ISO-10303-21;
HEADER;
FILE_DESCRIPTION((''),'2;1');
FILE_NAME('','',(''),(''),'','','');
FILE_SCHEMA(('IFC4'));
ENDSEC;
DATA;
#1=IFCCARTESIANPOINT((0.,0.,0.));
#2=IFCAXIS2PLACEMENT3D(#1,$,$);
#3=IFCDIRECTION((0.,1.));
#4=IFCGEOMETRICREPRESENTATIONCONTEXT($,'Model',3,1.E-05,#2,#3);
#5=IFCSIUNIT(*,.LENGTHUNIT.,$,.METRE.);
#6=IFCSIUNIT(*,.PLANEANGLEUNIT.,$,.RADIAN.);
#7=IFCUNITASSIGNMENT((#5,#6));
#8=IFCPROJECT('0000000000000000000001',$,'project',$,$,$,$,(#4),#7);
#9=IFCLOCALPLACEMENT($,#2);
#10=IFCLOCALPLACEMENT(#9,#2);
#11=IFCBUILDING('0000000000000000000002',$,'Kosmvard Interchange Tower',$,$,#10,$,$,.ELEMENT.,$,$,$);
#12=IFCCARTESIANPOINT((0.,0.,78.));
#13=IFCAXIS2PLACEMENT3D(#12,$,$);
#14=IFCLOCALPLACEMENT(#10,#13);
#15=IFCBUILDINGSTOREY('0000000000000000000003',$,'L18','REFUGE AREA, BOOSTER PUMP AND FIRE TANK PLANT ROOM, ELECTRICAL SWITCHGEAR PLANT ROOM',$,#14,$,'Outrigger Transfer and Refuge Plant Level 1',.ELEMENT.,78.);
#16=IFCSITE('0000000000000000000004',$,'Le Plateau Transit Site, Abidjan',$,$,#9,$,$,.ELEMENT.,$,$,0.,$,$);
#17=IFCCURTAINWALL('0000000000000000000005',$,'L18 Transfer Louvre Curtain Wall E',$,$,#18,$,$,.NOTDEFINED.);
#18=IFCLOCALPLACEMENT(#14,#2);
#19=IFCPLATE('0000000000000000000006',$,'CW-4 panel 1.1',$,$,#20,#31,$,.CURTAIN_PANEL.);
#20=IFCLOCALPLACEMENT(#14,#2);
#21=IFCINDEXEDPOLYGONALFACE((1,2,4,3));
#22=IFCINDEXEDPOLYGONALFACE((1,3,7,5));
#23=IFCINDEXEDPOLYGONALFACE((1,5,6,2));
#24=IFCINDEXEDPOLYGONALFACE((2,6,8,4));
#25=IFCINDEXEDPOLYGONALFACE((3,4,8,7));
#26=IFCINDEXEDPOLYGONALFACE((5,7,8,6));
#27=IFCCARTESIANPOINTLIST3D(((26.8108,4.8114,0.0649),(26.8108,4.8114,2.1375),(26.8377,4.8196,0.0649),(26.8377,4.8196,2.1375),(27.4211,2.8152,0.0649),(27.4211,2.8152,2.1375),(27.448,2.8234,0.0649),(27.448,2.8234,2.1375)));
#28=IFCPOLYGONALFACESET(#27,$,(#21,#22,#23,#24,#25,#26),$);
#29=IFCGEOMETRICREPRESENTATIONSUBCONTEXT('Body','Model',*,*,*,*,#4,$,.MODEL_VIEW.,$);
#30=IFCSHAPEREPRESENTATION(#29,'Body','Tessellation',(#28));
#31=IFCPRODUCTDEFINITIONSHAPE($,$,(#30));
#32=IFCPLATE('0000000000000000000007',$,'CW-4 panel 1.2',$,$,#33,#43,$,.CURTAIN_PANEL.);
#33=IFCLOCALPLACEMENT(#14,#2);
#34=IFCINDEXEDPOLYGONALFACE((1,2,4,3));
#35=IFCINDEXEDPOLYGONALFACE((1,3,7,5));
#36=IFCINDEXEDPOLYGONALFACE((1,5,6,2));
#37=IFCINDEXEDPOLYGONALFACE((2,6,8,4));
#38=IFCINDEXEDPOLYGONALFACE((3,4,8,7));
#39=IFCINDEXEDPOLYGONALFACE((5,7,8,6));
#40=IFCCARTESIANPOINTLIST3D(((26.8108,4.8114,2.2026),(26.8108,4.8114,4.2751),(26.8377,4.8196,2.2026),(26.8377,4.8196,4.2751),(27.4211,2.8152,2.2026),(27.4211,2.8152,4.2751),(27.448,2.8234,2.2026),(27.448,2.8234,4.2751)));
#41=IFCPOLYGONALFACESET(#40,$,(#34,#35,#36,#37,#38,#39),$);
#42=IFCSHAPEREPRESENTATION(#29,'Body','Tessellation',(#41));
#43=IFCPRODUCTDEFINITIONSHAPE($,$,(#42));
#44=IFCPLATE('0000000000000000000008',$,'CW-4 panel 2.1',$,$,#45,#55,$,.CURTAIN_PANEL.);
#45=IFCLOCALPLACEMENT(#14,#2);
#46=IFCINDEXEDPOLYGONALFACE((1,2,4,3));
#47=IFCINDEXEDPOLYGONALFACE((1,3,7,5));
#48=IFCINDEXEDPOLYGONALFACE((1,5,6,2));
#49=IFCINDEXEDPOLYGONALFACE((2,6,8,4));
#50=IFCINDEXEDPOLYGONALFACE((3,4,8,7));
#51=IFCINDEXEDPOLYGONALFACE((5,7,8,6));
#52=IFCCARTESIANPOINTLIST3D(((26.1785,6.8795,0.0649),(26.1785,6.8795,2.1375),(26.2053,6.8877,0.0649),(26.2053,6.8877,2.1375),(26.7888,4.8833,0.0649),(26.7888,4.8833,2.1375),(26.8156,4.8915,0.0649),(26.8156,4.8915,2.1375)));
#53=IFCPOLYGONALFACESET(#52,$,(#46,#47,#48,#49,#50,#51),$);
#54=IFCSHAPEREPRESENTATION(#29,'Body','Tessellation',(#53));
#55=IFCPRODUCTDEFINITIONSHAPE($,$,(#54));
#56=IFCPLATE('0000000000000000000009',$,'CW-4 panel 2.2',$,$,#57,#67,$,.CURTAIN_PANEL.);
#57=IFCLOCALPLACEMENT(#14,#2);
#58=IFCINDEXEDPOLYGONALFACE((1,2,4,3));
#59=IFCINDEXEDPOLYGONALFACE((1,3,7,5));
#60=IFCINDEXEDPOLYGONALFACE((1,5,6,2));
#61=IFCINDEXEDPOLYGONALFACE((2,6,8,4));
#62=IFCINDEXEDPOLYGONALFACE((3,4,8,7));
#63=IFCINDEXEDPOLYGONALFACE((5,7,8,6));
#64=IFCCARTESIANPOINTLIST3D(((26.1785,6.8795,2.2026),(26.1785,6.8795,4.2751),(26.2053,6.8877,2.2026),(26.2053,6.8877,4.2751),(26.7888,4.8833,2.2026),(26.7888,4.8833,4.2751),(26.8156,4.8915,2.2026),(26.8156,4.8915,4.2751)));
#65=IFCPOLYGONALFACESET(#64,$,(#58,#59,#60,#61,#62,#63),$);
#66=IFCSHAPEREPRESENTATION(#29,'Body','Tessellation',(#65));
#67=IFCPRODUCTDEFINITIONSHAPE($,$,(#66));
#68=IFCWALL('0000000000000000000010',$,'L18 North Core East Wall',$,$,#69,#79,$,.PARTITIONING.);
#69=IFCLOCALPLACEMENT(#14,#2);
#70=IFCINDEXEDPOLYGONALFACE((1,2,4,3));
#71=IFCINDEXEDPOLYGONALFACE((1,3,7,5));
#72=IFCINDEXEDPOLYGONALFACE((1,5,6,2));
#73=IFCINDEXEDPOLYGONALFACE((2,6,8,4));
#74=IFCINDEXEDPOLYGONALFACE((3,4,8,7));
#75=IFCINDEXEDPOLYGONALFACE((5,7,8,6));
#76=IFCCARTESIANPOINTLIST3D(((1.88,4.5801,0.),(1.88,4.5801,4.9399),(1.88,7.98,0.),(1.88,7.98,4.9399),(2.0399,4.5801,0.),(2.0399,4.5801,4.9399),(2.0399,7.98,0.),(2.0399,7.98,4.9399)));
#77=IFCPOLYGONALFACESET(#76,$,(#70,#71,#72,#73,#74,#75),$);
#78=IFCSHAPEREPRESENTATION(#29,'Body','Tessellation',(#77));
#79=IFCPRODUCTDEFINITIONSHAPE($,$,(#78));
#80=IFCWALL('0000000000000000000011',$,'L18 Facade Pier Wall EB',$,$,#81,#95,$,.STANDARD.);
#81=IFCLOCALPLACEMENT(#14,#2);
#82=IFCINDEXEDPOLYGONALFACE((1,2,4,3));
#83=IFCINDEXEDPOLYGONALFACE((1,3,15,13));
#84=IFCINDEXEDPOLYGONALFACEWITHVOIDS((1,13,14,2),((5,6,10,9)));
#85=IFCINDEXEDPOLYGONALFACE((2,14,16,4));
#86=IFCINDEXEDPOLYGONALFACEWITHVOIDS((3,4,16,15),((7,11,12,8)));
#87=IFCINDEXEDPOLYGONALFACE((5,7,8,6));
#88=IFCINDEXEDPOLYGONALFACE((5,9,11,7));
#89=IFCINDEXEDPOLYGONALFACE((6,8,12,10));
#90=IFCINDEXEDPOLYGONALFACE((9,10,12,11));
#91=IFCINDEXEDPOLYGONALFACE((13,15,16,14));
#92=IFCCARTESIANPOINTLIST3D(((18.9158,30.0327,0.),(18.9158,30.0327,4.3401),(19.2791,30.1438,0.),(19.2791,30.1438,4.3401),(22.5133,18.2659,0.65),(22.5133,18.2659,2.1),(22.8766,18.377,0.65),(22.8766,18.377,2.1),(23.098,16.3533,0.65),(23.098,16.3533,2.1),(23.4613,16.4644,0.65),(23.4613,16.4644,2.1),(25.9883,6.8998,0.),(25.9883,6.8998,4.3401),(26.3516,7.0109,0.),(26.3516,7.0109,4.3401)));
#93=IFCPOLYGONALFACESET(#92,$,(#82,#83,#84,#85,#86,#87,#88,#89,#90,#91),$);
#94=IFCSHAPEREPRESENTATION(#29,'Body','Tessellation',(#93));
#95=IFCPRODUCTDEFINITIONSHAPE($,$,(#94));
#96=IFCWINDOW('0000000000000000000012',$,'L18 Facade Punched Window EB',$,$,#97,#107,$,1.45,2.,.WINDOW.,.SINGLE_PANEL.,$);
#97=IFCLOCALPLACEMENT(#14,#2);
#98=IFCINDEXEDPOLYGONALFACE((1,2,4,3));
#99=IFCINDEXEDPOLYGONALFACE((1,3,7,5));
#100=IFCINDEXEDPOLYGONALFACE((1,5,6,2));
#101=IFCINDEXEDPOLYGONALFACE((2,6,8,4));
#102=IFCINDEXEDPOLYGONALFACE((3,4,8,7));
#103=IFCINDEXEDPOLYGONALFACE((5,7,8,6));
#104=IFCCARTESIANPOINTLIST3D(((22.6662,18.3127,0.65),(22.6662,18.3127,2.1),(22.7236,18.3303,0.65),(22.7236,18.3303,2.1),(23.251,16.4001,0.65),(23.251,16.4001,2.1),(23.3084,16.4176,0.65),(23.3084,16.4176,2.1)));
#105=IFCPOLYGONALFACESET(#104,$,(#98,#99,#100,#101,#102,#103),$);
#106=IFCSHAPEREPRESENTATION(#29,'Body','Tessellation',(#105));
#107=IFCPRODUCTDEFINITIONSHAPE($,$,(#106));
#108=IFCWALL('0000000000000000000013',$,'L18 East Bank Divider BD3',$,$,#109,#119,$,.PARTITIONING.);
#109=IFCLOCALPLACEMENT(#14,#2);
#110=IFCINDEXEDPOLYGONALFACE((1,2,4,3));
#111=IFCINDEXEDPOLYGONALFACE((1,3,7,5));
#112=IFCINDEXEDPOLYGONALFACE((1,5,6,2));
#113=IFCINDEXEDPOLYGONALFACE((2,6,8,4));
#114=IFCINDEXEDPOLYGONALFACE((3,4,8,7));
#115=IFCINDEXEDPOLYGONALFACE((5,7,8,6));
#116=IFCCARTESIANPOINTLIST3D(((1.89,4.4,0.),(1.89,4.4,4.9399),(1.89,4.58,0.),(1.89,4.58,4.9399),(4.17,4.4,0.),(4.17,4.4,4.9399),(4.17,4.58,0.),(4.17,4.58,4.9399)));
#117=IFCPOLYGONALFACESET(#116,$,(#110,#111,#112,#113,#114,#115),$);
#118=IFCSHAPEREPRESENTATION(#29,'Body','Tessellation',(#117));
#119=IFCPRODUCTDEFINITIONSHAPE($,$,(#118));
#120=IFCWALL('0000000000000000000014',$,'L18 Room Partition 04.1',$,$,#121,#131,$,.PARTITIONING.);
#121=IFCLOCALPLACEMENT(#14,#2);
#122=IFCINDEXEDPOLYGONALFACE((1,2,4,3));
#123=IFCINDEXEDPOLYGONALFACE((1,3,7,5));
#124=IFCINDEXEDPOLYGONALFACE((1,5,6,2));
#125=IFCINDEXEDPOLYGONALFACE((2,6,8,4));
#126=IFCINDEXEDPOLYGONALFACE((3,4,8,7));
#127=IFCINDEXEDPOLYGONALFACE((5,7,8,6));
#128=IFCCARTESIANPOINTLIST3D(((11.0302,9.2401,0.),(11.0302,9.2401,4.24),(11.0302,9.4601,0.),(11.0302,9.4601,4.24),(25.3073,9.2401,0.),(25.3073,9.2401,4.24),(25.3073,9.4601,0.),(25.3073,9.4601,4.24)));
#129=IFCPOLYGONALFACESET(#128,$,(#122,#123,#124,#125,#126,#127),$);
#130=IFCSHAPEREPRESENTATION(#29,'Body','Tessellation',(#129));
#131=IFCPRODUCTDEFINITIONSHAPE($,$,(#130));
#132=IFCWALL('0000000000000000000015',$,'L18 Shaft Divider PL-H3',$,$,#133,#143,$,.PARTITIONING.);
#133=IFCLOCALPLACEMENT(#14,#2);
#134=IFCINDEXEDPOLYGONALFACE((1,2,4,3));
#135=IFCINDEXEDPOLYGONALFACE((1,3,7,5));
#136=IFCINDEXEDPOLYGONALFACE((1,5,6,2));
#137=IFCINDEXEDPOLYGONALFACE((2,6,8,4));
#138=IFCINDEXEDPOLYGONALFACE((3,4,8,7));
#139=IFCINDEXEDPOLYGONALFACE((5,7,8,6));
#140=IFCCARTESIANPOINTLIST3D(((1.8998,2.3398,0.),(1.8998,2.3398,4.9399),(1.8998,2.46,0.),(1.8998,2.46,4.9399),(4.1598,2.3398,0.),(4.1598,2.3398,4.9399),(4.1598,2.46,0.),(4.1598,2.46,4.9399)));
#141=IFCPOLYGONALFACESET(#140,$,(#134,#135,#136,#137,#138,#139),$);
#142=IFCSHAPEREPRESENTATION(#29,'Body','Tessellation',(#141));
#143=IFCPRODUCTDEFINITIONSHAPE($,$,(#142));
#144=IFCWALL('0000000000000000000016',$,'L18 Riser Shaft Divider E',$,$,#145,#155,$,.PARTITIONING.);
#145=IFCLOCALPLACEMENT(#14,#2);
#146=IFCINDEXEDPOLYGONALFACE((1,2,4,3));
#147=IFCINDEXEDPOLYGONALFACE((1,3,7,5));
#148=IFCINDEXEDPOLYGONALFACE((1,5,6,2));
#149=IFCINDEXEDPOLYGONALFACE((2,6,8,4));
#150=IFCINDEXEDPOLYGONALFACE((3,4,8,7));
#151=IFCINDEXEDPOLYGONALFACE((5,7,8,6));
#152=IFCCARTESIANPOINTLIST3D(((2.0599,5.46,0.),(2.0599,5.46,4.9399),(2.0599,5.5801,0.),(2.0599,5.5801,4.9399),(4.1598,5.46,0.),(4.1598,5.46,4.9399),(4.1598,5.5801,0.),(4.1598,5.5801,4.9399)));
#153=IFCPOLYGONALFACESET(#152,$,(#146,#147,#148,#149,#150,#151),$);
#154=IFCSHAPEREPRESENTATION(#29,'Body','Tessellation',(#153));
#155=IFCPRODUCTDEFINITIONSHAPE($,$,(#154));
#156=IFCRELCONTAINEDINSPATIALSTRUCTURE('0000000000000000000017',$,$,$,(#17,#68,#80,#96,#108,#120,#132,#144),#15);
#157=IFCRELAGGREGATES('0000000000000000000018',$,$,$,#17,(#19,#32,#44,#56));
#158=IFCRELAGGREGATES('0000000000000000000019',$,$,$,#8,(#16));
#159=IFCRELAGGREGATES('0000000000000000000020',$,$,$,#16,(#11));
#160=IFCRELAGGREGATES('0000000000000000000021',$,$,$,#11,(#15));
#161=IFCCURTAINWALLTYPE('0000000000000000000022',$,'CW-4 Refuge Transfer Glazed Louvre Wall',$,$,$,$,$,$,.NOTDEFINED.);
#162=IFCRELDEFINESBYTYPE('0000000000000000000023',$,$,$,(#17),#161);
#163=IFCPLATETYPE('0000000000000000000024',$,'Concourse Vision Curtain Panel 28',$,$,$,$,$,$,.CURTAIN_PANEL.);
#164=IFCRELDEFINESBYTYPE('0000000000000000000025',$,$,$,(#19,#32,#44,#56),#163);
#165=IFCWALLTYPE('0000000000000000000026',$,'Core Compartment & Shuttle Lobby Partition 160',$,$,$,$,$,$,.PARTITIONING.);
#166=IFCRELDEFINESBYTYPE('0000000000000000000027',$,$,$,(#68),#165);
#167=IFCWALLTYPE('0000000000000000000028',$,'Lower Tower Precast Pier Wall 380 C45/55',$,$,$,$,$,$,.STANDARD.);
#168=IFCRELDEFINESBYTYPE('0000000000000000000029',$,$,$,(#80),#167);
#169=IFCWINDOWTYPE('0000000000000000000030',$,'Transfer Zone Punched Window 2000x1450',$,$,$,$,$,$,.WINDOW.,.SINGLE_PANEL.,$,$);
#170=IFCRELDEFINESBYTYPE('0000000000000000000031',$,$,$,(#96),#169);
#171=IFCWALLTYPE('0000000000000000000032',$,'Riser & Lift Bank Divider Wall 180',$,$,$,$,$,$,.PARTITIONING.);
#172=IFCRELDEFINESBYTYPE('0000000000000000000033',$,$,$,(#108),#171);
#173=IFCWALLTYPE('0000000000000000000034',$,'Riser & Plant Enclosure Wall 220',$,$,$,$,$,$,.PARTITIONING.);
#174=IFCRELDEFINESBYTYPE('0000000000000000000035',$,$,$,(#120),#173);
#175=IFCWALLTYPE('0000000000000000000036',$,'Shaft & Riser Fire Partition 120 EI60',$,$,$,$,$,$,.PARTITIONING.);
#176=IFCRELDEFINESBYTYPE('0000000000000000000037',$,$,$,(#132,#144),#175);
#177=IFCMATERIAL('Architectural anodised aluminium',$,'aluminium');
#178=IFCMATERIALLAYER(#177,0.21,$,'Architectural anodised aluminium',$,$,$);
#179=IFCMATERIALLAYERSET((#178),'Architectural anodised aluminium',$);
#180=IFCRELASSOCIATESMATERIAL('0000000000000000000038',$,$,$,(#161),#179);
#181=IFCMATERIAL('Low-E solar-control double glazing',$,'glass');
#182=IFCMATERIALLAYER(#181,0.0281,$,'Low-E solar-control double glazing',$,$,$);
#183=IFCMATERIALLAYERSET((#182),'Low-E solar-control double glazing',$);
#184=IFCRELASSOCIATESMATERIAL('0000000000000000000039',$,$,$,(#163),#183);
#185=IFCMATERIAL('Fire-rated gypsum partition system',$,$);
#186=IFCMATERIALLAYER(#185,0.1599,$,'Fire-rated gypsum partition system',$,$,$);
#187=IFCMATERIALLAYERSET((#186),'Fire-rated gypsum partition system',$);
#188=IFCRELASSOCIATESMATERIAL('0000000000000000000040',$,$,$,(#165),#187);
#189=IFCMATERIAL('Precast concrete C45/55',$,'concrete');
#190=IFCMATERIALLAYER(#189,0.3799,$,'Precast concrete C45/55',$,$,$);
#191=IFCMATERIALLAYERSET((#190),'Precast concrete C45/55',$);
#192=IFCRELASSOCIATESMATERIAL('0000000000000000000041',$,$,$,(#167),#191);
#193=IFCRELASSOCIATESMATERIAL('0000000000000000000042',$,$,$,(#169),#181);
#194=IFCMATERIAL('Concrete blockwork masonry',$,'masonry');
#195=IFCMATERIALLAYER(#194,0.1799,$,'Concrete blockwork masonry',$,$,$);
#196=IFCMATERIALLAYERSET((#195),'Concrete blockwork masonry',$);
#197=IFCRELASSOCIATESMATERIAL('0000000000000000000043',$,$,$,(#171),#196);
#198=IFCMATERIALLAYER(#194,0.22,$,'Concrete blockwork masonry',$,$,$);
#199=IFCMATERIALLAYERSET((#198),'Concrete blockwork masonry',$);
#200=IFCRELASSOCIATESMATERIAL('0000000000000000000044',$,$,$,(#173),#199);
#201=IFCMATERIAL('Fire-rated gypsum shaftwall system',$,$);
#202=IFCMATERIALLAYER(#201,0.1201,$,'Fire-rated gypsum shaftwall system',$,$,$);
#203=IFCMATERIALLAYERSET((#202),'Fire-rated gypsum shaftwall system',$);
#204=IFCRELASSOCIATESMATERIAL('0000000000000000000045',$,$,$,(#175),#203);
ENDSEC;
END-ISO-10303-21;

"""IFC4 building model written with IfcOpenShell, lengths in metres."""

from ifc_helpers import new_model, si_unit, direction, frame, frame_2d, origin, origin_2d, place, context, subcontext, project, spatial, rectangle, extrude, source, transform, mapped, material, layer, layer_set, type_object, element, fill, aggregate, save


model = new_model("IFC4")

# Units and contexts
model_context = context("Model", 3, precision=1e-05, world=origin(), true_north=direction((0.0, 1.0)))
body_context = subcontext(model_context, "Body", "Model", "MODEL_VIEW")
ifc_project = project(units=[si_unit("LENGTHUNIT", "METRE"), si_unit("PLANEANGLEUNIT", "RADIAN")], contexts=[model_context])

# Site, building, storey
site_placement = place(None, origin())
site = spatial("IfcSite", under=ifc_project, at=site_placement, Name="Le Plateau Transit Site, Abidjan", CompositionType="ELEMENT", RefElevation=0.0)
building_placement = place(site_placement, origin())
building = spatial("IfcBuilding", under=site, at=building_placement, Name="Kosmvard Interchange Tower", CompositionType="ELEMENT")
storey_placement = place(building_placement, frame((0.0, 0.0, 78.0)))
storey = spatial("IfcBuildingStorey", under=building, at=storey_placement, Name="L18", Description="REFUGE AREA, BOOSTER PUMP AND FIRE TANK PLANT ROOM, ELECTRICAL SWITCHGEAR PLANT ROOM", LongName="Outrigger Transfer and Refuge Plant Level 1", CompositionType="ELEMENT", Elevation=78.0)

# Curtain wall
ifc_material_1 = material(Name="Architectural anodised aluminium", Category="aluminium")
ifc_layer_1 = layer(ifc_material_1, 0.21, Name="Architectural anodised aluminium")
ifc_layer_set_1 = layer_set([ifc_layer_1], Name="Architectural anodised aluminium")
curtain_wall_type = type_object("IfcCurtainWallType", Name="CW-4 Refuge Transfer Glazed Louvre Wall", PredefinedType="NOTDEFINED", material=ifc_layer_set_1)
curtain_wall_placement = place(storey_placement, origin())
curtain_wall = element("IfcCurtainWall", 1, at=curtain_wall_placement, inside=storey, type_object=curtain_wall_type, Name="L18 Transfer Louvre Curtain Wall E", PredefinedType="NOTDEFINED")

# Plates
ifc_material_2 = material(Name="Low-E solar-control double glazing", Category="glass")
ifc_layer_2 = layer(ifc_material_2, 0.0281, Name="Low-E solar-control double glazing")
ifc_layer_set_2 = layer_set([ifc_layer_2], Name="Low-E solar-control double glazing")
plate_type_1 = type_object("IfcPlateType", Name="Concourse Vision Curtain Panel 28", PredefinedType="CURTAIN_PANEL", material=ifc_layer_set_2)
shared_shape_1 = source(origin(), body_context, "Body", "SweptSolid", [
    extrude(rectangle(XDim=2.0874, YDim=0.0281, at=origin_2d()), origin(), (0.0, 0.0, 1.0), 2.0725),
])
plate_1_placement = place(storey_placement, frame((27.1294, 3.8174, 0.0649), z_axis=(0.0, 0.0, 1.0), x_axis=(-0.292372, 0.956305, 0.0)))
plate_1 = element("IfcPlate", 2, at=plate_1_placement, type_object=plate_type_1, Name="CW-4 panel 1.1", PredefinedType="CURTAIN_PANEL", context=body_context, shape_type="MappedRepresentation", body=[
    mapped(shared_shape_1, transform((0.0, 0.0, 0.0), scale=1.0)),
])
plate_2_placement = place(storey_placement, frame((27.1294, 3.8174, 2.2026), z_axis=(0.0, 0.0, 1.0), x_axis=(-0.292372, 0.956305, 0.0)))
plate_2 = element("IfcPlate", 3, at=plate_2_placement, type_object=plate_type_1, Name="CW-4 panel 1.2", PredefinedType="CURTAIN_PANEL", context=body_context, shape_type="MappedRepresentation", body=[
    mapped(shared_shape_1, transform((0.0, 0.0, 0.0), scale=1.0)),
])
plate_3_placement = place(storey_placement, frame((26.4971, 5.8855, 0.0649), z_axis=(0.0, 0.0, 1.0), x_axis=(-0.292372, 0.956305, 0.0)))
plate_3 = element("IfcPlate", 4, at=plate_3_placement, type_object=plate_type_1, Name="CW-4 panel 2.1", PredefinedType="CURTAIN_PANEL", context=body_context, shape_type="MappedRepresentation", body=[
    mapped(shared_shape_1, transform((0.0, 0.0, 0.0), scale=1.0)),
])
plate_4_placement = place(storey_placement, frame((26.4971, 5.8855, 2.2026), z_axis=(0.0, 0.0, 1.0), x_axis=(-0.292372, 0.956305, 0.0)))
plate_4 = element("IfcPlate", 5, at=plate_4_placement, type_object=plate_type_1, Name="CW-4 panel 2.2", PredefinedType="CURTAIN_PANEL", context=body_context, shape_type="MappedRepresentation", body=[
    mapped(shared_shape_1, transform((0.0, 0.0, 0.0), scale=1.0)),
])
aggregate(curtain_wall, [plate_1, plate_2, plate_3, plate_4])

# Wall
ifc_material_3 = material(Name="Fire-rated gypsum partition system")
ifc_layer_3 = layer(ifc_material_3, 0.1599, Name="Fire-rated gypsum partition system")
ifc_layer_set_3 = layer_set([ifc_layer_3], Name="Fire-rated gypsum partition system")
wall_type_1 = type_object("IfcWallType", Name="Core Compartment & Shuttle Lobby Partition 160", PredefinedType="PARTITIONING", material=ifc_layer_set_3)
wall_1_placement = place(storey_placement, frame((1.96, 4.5801, 0.0), z_axis=(0.0, 0.0, 1.0), x_axis=(0.0, 1.0, 0.0)))
element("IfcWall", 6, at=wall_1_placement, inside=storey, type_object=wall_type_1, Name="L18 North Core East Wall", PredefinedType="PARTITIONING", context=body_context, shape_type="SweptSolid", body=[
    extrude(rectangle(XDim=3.3999, YDim=0.1599, at=frame_2d((1.7, 0.0))), origin(), (0.0, 0.0, 1.0), 4.9399),
])

# Wall, opening, window
ifc_material_4 = material(Name="Precast concrete C45/55", Category="concrete")
ifc_layer_4 = layer(ifc_material_4, 0.3799, Name="Precast concrete C45/55")
ifc_layer_set_4 = layer_set([ifc_layer_4], Name="Precast concrete C45/55")
wall_type_2 = type_object("IfcWallType", Name="Lower Tower Precast Pier Wall 380 C45/55", PredefinedType="STANDARD", material=ifc_layer_set_4)
wall_2_placement = place(storey_placement, frame((26.1699, 6.9553, 0.0), z_axis=(0.0, 0.0, 1.0), x_axis=(-0.292373, 0.956304, 0.0)))
wall_2 = element("IfcWall", 7, at=wall_2_placement, inside=storey, type_object=wall_type_2, Name="L18 Facade Pier Wall EB", PredefinedType="STANDARD", context=body_context, shape_type="SweptSolid", body=[
    extrude(rectangle(XDim=24.1899, YDim=0.3799, at=frame_2d((12.095, 0.0))), origin(), (0.0, 0.0, 1.0), 4.3401),
])
opening_placement = place(wall_2_placement, frame((9.8855, 0.0, 0.6499)))
opening = element("IfcOpeningElement", 8, at=opening_placement, cuts=wall_2, PredefinedType="OPENING", context=body_context, shape_type="SweptSolid", body=[
    extrude(rectangle(XDim=2.0, YDim=1.45, at=frame_2d((1.0, 0.7251))), frame((0.0, 0.2, 0.0), z_axis=(0.0, -1.0, 0.0), x_axis=(1.0, 0.0, 0.0)), (0.0, 0.0, 1.0), 0.3999),
])
window_type = type_object("IfcWindowType", Name="Transfer Zone Punched Window 2000x1450", PartitioningType="SINGLE_PANEL", PredefinedType="WINDOW", material=ifc_material_2)
shared_shape_2 = source(origin(), body_context, "Body", "SweptSolid", [
    extrude(rectangle(XDim=2.0, YDim=1.45, at=frame_2d((1.0, 0.7251))), frame((0.0, 0.03, 0.0), z_axis=(0.0, -1.0, 0.0), x_axis=(1.0, 0.0, 0.0)), (0.0, 0.0, 1.0), 0.0601),
])
window_placement = place(opening_placement, origin())
window = element("IfcWindow", 9, at=window_placement, inside=storey, type_object=window_type, Name="L18 Facade Punched Window EB", OverallHeight=1.45, OverallWidth=2.0, PartitioningType="SINGLE_PANEL", PredefinedType="WINDOW", context=body_context, shape_type="MappedRepresentation", body=[
    mapped(shared_shape_2, transform((0.0, 0.0, 0.0), scale=1.0)),
])
fill(opening, window)

# Walls
ifc_material_5 = material(Name="Concrete blockwork masonry", Category="masonry")
ifc_layer_5 = layer(ifc_material_5, 0.1799, Name="Concrete blockwork masonry")
ifc_layer_set_5 = layer_set([ifc_layer_5], Name="Concrete blockwork masonry")
wall_type_3 = type_object("IfcWallType", Name="Riser & Lift Bank Divider Wall 180", PredefinedType="PARTITIONING", material=ifc_layer_set_5)
wall_3_placement = place(storey_placement, frame((1.8899, 4.49, 0.0), z_axis=(0.0, 0.0, 1.0), x_axis=(1.0, 0.0, 0.0)))
element("IfcWall", 10, at=wall_3_placement, inside=storey, type_object=wall_type_3, Name="L18 East Bank Divider BD3", PredefinedType="PARTITIONING", context=body_context, shape_type="SweptSolid", body=[
    extrude(rectangle(XDim=2.28, YDim=0.1799, at=frame_2d((1.1401, 0.0))), origin(), (0.0, 0.0, 1.0), 4.9399),
])
ifc_layer_6 = layer(ifc_material_5, 0.22, Name="Concrete blockwork masonry")
ifc_layer_set_6 = layer_set([ifc_layer_6], Name="Concrete blockwork masonry")
wall_type_4 = type_object("IfcWallType", Name="Riser & Plant Enclosure Wall 220", PredefinedType="PARTITIONING", material=ifc_layer_set_6)
wall_4_placement = place(storey_placement, frame((11.03, 9.3501, 0.0), z_axis=(0.0, 0.0, 1.0), x_axis=(1.0, 0.0, 0.0)))
element("IfcWall", 11, at=wall_4_placement, inside=storey, type_object=wall_type_4, Name="L18 Room Partition 04.1", PredefinedType="PARTITIONING", context=body_context, shape_type="SweptSolid", body=[
    extrude(rectangle(XDim=14.2771, YDim=0.22, at=frame_2d((7.1387, 0.0))), origin(), (0.0, 0.0, 1.0), 4.24),
])
ifc_material_6 = material(Name="Fire-rated gypsum shaftwall system")
ifc_layer_7 = layer(ifc_material_6, 0.1201, Name="Fire-rated gypsum shaftwall system")
ifc_layer_set_7 = layer_set([ifc_layer_7], Name="Fire-rated gypsum shaftwall system")
wall_type_5 = type_object("IfcWallType", Name="Shaft & Riser Fire Partition 120 EI60", PredefinedType="PARTITIONING", material=ifc_layer_set_7)
wall_5_placement = place(storey_placement, frame((1.8999, 2.3999, 0.0), z_axis=(0.0, 0.0, 1.0), x_axis=(1.0, 0.0, 0.0)))
element("IfcWall", 12, at=wall_5_placement, inside=storey, type_object=wall_type_5, Name="L18 Shaft Divider PL-H3", PredefinedType="PARTITIONING", context=body_context, shape_type="SweptSolid", body=[
    extrude(rectangle(XDim=2.26, YDim=0.1201, at=frame_2d((1.1299, 0.0))), origin(), (0.0, 0.0, 1.0), 4.9399),
])
wall_6_placement = place(storey_placement, frame((2.0601, 5.52, 0.0), z_axis=(0.0, 0.0, 1.0), x_axis=(1.0, 0.0, 0.0)))
element("IfcWall", 13, at=wall_6_placement, inside=storey, type_object=wall_type_5, Name="L18 Riser Shaft Divider E", PredefinedType="PARTITIONING", context=body_context, shape_type="SweptSolid", body=[
    extrude(rectangle(XDim=2.0999, YDim=0.1201, at=frame_2d((1.0498, 0.0))), origin(), (0.0, 0.0, 1.0), 4.9399),
])

save(model, "model.ifc")
